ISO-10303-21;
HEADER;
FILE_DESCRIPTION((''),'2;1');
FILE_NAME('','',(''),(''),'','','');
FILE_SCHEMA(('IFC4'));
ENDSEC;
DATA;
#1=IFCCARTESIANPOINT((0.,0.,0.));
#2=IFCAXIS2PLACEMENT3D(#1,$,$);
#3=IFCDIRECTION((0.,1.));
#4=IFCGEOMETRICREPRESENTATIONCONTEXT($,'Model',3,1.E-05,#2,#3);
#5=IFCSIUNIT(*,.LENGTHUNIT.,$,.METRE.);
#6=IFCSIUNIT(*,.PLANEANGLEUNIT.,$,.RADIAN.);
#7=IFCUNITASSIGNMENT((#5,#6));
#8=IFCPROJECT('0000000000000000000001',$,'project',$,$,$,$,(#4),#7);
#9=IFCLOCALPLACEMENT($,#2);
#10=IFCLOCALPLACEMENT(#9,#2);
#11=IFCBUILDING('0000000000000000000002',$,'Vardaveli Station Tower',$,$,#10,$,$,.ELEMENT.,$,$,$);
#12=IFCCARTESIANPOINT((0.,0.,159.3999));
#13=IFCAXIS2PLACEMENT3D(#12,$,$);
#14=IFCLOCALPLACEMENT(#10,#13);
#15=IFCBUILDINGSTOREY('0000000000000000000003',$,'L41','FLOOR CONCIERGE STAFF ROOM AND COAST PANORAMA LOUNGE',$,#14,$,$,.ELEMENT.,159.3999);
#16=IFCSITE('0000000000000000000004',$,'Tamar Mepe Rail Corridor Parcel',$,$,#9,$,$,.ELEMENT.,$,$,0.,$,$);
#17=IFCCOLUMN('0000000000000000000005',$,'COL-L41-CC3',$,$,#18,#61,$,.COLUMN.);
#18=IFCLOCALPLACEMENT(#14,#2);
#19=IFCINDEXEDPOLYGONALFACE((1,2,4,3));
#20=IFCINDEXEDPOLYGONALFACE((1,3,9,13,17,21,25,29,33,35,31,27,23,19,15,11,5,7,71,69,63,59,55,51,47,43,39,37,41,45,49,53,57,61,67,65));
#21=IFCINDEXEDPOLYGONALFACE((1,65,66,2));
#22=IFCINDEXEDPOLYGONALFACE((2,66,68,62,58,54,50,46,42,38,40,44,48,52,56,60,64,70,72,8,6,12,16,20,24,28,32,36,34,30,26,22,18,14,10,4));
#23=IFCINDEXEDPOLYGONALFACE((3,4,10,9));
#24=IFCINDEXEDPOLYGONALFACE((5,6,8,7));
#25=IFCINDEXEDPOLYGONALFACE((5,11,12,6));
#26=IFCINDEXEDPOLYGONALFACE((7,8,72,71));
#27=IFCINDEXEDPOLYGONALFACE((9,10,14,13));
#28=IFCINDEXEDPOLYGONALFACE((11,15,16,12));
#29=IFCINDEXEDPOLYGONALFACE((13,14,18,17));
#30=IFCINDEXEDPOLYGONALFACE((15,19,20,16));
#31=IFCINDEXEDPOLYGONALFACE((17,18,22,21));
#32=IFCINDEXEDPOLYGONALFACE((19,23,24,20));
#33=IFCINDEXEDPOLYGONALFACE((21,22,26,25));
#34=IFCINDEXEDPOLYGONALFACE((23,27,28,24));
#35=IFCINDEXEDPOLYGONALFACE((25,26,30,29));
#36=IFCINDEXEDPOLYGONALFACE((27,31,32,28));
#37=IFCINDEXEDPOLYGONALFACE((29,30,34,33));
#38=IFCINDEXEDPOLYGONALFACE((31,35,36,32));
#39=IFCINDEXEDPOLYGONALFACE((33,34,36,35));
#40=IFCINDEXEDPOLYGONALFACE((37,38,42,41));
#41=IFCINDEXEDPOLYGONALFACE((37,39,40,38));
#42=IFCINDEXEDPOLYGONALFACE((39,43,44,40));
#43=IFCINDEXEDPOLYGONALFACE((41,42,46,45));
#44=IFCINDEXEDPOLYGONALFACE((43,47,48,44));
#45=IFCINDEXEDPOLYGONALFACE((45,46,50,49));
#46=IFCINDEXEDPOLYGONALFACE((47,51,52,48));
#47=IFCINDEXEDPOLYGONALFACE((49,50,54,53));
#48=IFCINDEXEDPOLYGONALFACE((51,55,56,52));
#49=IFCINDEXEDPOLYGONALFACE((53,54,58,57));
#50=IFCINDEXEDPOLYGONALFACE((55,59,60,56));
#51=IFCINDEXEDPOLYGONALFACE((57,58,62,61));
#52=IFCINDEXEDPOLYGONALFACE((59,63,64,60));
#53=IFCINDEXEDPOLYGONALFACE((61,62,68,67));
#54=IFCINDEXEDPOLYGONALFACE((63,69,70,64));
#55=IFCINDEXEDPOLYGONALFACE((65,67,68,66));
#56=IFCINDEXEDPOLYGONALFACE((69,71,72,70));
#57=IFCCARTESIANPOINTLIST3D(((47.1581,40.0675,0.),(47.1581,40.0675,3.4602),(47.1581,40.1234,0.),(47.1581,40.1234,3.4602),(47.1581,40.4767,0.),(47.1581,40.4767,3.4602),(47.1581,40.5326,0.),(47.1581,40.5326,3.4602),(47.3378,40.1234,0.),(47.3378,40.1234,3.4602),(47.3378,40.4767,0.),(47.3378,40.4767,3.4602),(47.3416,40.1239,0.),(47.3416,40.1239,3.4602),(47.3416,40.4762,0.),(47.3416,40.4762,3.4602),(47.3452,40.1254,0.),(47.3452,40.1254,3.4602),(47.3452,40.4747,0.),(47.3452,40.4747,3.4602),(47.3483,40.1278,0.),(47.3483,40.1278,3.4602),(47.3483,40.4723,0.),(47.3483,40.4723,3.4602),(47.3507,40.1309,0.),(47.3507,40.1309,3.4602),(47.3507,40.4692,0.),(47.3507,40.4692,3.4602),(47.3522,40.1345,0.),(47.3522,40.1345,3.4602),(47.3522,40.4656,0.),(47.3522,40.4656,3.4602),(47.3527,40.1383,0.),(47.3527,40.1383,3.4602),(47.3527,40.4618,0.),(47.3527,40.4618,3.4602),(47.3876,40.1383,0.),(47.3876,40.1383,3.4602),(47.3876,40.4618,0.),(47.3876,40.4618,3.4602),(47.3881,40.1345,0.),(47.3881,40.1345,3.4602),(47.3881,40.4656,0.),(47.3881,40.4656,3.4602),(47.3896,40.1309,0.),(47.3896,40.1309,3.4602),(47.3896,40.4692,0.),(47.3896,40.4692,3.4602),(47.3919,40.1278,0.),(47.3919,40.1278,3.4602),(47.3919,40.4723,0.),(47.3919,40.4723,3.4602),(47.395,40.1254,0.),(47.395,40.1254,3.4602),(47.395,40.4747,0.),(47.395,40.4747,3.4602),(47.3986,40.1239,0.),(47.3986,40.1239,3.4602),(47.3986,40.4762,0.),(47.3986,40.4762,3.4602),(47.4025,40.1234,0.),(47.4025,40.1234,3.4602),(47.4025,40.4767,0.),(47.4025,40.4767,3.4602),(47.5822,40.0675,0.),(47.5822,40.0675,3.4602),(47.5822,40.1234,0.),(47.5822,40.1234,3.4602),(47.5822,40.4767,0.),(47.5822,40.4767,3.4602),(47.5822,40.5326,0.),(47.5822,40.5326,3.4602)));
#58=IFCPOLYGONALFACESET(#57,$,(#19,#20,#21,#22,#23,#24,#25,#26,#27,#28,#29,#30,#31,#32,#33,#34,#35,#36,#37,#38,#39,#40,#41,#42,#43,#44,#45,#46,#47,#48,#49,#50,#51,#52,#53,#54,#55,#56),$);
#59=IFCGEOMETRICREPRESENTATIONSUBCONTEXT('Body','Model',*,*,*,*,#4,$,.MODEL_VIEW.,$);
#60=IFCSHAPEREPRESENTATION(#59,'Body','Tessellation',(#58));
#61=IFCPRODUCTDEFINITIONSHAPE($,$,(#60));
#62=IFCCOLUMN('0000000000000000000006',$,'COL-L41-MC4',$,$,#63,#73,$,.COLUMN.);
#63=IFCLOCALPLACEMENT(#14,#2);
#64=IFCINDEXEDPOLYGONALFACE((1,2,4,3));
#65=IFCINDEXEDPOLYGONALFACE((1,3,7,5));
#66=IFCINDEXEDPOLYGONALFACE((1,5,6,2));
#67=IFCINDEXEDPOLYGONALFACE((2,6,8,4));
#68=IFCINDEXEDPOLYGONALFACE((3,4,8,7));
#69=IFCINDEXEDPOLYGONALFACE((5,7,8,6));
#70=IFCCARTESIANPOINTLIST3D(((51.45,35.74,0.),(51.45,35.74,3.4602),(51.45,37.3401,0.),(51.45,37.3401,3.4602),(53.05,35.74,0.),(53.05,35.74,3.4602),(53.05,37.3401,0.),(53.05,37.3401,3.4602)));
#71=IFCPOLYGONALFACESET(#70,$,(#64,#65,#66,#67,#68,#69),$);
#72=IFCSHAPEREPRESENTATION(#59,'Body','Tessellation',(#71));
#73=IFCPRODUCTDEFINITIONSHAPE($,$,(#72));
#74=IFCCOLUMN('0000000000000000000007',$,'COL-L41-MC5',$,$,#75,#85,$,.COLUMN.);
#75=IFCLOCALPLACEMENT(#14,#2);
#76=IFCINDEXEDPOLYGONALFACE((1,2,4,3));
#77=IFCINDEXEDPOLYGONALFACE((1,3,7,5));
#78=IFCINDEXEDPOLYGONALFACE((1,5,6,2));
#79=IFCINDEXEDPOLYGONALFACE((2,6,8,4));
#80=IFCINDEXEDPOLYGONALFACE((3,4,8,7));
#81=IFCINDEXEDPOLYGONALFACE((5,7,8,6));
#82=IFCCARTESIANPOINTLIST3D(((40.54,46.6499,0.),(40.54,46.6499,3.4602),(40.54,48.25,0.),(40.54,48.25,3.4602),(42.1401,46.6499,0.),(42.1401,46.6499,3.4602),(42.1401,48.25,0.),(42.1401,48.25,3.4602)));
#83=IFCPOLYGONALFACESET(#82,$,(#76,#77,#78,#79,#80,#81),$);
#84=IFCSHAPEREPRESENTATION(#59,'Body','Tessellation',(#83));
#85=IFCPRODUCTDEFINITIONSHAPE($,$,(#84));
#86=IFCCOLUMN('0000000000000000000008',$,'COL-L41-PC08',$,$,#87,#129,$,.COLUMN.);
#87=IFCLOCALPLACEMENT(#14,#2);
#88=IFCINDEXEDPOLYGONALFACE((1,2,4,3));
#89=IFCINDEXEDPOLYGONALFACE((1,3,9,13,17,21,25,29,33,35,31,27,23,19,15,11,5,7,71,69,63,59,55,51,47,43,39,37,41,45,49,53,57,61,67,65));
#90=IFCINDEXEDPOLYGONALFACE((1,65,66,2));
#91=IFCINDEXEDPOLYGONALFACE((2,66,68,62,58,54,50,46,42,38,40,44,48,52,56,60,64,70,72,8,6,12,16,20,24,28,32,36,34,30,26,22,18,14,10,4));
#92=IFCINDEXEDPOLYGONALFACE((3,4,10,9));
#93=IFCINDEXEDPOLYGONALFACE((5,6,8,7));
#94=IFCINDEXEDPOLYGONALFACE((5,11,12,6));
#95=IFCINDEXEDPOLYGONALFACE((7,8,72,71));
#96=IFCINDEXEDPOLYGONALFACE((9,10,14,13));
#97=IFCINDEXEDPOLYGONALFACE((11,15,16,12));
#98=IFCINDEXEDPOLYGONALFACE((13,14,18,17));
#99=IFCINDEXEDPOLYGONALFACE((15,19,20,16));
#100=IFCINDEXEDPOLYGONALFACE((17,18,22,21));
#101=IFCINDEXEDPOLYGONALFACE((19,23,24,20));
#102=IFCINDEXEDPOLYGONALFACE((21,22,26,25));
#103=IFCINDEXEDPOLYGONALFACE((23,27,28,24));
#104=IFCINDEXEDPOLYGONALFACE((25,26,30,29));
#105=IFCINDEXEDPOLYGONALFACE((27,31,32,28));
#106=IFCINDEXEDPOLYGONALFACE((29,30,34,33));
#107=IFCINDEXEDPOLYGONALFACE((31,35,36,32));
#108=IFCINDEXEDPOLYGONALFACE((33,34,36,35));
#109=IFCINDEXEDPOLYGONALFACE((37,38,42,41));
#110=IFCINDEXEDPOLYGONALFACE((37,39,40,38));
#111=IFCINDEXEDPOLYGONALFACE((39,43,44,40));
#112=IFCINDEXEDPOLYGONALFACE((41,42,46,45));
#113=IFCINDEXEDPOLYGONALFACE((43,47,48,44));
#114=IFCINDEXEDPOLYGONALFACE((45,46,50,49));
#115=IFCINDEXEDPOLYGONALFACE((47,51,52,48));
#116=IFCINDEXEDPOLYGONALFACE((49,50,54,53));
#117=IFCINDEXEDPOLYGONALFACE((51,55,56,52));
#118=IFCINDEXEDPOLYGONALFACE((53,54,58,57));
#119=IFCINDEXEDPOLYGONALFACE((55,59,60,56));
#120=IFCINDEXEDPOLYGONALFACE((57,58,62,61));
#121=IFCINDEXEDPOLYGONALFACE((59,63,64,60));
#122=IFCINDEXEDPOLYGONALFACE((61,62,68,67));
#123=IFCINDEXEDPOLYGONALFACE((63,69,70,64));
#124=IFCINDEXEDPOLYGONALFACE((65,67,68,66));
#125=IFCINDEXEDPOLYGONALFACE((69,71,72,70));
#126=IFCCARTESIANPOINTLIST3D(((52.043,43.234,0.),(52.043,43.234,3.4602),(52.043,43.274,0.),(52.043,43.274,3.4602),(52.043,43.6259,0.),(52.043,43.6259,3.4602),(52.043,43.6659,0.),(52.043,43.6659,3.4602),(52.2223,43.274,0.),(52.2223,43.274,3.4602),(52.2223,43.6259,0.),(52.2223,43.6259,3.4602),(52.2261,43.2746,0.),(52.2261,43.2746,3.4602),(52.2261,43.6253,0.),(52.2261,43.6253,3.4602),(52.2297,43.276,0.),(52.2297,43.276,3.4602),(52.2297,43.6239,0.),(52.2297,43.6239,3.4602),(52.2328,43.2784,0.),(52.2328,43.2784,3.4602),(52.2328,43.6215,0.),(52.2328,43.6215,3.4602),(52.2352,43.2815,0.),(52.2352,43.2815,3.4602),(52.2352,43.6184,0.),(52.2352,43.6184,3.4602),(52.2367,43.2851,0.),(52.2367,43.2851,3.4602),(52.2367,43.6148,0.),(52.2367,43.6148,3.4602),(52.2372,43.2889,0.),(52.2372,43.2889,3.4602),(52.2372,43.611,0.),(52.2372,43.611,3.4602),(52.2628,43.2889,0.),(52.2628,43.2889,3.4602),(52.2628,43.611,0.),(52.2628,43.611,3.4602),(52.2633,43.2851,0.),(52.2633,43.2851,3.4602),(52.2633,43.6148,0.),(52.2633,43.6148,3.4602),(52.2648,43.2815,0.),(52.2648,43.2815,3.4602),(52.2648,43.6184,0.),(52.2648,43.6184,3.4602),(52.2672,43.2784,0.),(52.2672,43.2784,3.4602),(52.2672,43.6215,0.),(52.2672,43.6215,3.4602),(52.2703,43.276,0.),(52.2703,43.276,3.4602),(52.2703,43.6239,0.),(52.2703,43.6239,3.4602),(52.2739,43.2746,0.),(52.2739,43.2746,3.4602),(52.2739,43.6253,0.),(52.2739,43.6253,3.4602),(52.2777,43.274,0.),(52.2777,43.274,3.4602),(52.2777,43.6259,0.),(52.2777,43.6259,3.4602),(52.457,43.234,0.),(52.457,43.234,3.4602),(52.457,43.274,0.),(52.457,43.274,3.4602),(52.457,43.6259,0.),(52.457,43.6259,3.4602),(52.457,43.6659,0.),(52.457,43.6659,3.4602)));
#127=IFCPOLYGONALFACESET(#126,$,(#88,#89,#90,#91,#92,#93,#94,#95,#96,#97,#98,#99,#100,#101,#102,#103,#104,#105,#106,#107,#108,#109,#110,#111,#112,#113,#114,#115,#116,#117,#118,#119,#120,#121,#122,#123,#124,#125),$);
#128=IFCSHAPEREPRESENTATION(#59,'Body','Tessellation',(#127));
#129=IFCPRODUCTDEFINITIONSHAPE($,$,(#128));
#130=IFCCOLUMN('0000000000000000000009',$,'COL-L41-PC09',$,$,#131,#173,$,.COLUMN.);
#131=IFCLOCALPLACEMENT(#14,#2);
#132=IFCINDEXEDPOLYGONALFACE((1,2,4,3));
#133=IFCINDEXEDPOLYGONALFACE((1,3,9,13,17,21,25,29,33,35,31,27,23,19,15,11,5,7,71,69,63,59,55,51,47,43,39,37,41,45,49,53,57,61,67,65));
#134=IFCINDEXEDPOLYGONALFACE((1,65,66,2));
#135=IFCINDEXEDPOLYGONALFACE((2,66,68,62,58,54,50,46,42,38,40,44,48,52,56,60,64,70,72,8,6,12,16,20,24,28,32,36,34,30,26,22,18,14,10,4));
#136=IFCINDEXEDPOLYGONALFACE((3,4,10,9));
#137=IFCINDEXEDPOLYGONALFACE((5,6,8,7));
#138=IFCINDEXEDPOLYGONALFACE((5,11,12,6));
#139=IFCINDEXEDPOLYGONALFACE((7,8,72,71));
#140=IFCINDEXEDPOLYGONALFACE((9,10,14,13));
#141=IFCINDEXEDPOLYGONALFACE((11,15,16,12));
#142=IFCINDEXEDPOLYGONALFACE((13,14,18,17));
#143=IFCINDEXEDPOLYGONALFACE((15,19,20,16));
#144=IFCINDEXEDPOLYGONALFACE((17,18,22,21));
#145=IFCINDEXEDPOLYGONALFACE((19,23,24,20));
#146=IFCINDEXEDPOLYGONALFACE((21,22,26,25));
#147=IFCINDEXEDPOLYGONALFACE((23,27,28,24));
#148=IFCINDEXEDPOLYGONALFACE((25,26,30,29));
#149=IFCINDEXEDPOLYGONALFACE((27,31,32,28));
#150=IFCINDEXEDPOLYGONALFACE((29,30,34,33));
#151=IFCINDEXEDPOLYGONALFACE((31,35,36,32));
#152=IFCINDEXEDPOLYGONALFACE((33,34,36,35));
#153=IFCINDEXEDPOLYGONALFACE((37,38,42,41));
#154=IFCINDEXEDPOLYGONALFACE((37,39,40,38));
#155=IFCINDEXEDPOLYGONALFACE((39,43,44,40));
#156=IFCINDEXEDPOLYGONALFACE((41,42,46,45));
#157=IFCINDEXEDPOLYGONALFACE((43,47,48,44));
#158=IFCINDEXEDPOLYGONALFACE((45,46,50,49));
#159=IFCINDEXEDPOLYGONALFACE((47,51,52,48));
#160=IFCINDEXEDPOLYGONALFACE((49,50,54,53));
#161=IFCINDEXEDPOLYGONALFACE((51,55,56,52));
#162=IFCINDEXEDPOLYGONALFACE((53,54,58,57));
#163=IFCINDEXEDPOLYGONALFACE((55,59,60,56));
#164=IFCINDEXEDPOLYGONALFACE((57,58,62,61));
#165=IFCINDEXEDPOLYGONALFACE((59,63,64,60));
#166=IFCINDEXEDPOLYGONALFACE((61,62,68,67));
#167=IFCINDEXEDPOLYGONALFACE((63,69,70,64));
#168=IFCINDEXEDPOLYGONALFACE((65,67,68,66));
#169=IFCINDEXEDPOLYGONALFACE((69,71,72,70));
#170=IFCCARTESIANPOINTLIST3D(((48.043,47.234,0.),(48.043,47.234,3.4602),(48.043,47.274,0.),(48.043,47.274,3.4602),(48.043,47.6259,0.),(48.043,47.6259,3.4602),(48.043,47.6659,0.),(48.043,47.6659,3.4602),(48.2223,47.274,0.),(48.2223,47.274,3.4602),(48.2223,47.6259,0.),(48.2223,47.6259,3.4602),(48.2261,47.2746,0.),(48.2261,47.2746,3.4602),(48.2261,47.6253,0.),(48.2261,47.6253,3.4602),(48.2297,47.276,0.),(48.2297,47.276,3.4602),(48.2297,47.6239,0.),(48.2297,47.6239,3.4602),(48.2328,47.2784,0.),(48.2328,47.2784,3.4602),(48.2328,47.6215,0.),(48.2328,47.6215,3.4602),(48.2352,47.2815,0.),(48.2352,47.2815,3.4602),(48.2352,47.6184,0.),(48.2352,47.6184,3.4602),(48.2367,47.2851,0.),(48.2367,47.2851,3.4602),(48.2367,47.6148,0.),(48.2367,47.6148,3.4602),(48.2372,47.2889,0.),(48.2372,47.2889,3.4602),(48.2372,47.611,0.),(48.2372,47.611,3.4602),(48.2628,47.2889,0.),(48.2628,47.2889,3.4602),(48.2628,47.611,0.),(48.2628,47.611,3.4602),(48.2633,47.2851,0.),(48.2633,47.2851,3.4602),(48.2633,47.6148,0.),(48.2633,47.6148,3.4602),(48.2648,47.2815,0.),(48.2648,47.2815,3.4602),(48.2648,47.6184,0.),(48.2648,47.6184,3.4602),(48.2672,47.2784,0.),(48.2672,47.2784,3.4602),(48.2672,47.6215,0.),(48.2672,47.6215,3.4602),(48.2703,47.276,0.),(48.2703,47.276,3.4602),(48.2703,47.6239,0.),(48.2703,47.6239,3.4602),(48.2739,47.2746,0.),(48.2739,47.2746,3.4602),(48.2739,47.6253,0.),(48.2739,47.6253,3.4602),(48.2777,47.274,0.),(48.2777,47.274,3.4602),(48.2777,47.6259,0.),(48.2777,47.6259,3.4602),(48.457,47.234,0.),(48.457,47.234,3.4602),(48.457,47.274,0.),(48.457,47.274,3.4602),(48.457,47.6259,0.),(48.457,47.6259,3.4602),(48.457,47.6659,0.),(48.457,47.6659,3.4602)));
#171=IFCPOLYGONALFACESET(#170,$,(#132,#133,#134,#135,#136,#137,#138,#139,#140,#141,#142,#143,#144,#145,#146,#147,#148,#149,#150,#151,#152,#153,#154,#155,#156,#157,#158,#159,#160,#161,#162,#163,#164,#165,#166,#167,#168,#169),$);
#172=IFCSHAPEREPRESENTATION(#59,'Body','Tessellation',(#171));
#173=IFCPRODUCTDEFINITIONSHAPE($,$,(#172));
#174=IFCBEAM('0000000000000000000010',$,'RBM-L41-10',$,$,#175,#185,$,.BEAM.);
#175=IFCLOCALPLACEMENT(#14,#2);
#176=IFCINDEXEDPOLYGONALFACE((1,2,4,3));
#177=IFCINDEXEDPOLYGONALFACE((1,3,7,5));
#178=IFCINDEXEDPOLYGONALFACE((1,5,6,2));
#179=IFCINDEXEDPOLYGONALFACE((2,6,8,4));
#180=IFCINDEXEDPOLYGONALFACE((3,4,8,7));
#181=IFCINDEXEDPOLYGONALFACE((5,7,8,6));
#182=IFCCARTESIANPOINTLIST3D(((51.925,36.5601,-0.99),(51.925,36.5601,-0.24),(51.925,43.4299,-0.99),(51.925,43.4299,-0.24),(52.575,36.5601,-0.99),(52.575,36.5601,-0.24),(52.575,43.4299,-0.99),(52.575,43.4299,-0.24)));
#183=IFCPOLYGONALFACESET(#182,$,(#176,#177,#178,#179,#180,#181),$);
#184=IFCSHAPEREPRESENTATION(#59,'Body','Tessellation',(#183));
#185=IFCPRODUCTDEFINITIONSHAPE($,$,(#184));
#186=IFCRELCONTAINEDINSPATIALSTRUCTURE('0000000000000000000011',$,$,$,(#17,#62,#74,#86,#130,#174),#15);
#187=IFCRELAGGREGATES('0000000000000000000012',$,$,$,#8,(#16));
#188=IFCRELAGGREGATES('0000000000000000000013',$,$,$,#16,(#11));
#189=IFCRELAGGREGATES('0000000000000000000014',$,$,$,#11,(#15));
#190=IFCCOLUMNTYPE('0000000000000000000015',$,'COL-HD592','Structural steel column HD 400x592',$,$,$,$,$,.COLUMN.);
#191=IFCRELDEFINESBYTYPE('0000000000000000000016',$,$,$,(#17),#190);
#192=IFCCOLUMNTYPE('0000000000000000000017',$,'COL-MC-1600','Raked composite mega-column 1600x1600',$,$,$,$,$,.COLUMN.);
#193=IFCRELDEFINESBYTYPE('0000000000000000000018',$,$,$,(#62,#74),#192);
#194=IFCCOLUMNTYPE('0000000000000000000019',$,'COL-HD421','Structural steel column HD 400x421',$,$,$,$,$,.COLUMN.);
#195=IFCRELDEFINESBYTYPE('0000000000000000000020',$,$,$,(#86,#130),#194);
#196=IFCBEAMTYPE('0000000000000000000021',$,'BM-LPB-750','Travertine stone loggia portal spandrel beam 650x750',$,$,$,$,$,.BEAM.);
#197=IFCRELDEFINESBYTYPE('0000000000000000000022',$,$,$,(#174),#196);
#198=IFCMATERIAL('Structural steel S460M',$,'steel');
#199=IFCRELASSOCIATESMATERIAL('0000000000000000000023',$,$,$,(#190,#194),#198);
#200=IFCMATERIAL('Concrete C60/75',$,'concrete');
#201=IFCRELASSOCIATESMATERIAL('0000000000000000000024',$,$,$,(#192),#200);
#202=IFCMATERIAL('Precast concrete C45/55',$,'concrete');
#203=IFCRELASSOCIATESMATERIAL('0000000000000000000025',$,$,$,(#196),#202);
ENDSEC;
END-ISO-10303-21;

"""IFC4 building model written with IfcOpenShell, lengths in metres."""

from ifc_helpers import new_model, si_unit, direction, frame, origin, origin_2d, place, context, subcontext, project, spatial, rectangle, i_section, extrude, source, transform, mapped, material, material_profile, profile_set, type_object, element, save


model = new_model("IFC4")

# Units and contexts
model_context = context("Model", 3, precision=1e-05, world=origin(), true_north=direction((0.0, 1.0)))
body_context = subcontext(model_context, "Body", "Model", "MODEL_VIEW")
ifc_project = project(units=[si_unit("LENGTHUNIT", "METRE"), si_unit("PLANEANGLEUNIT", "RADIAN")], contexts=[model_context])

# Site, building, storey
site_placement = place(None, origin())
site = spatial("IfcSite", under=ifc_project, at=site_placement, Name="Tamar Mepe Rail Corridor Parcel", CompositionType="ELEMENT", RefElevation=0.0)
building_placement = place(site_placement, origin())
building = spatial("IfcBuilding", under=site, at=building_placement, Name="Vardaveli Station Tower", CompositionType="ELEMENT")
storey_placement = place(building_placement, frame((0.0, 0.0, 159.3999)))
storey = spatial("IfcBuildingStorey", under=building, at=storey_placement, Name="L41", Description="FLOOR CONCIERGE STAFF ROOM AND COAST PANORAMA LOUNGE", CompositionType="ELEMENT", Elevation=159.3999)

# Columns
ifc_material_1 = material(Name="Structural steel S460M", Category="steel")
ifc_material_profile_1 = material_profile(ifc_material_1, i_section(OverallWidth=0.4241, OverallDepth=0.4651, WebThickness=0.0349, FlangeThickness=0.0559, FilletRadius=0.0149, at=origin_2d()), Name="HD 400x592")
ifc_profile_set_1 = profile_set([ifc_material_profile_1], Name="Structural steel S460M")
column_type_1 = type_object("IfcColumnType", Name="COL-HD592", Description="Structural steel column HD 400x592", PredefinedType="COLUMN", material=ifc_profile_set_1)
shared_shape_1 = source(origin(), body_context, "Body", "SweptSolid", [
    extrude(i_section(OverallWidth=0.4241, OverallDepth=0.4651, WebThickness=0.0349, FlangeThickness=0.0559, FilletRadius=0.0149, at=origin_2d()), origin(), (0.0, 0.0, 1.0), 3.4602),
])
column_placement = place(storey_placement, frame((47.3701, 40.3, 0.0), z_axis=(0.0, 0.0, 1.0), x_axis=(1.0, 0.0, 0.0)))
element("IfcColumn", 1, at=column_placement, inside=storey, type_object=column_type_1, Name="COL-L41-CC3", PredefinedType="COLUMN", context=body_context, shape_type="MappedRepresentation", body=[
    mapped(shared_shape_1, transform((0.0, 0.0, 0.0), scale=1.0)),
])
ifc_material_2 = material(Name="Concrete C60/75", Category="concrete")
ifc_material_profile_2 = material_profile(ifc_material_2, rectangle(XDim=1.6001, YDim=1.6001, at=origin_2d()), Name="MC 1600x1600")
ifc_profile_set_2 = profile_set([ifc_material_profile_2], Name="Concrete C60/75")
column_type_2 = type_object("IfcColumnType", Name="COL-MC-1600", Description="Raked composite mega-column 1600x1600", PredefinedType="COLUMN", material=ifc_profile_set_2)
shared_shape_2 = source(origin(), body_context, "Body", "SweptSolid", [
    extrude(rectangle(XDim=1.6001, YDim=1.6001, at=origin_2d()), origin(), (0.0, 0.0, 1.0), 3.4602),
])
for number, where, z_axis, x_axis, name in (
    (2, (52.25, 36.54, 0.0), (0.0, 0.0, 1.0), (1.0, 0.0, 0.0), "COL-L41-MC4"),
    (3, (41.3401, 47.45, 0.0), (0.0, 0.0, 1.0), (1.0, 0.0, 0.0), "COL-L41-MC5"),
):
    element("IfcColumn", number, at=place(storey_placement, frame(where, z_axis=z_axis, x_axis=x_axis)), inside=storey, type_object=column_type_2, Name=name, PredefinedType="COLUMN", context=body_context, shape_type="MappedRepresentation", body=[
        mapped(shared_shape_2, transform((0.0, 0.0, 0.0), scale=1.0)),
    ])
ifc_material_profile_3 = material_profile(ifc_material_1, i_section(OverallWidth=0.4141, OverallDepth=0.4319, WebThickness=0.0256, FlangeThickness=0.04, FilletRadius=0.0149, at=origin_2d()), Name="HD 400x421")
ifc_profile_set_3 = profile_set([ifc_material_profile_3], Name="Structural steel S460M")
column_type_3 = type_object("IfcColumnType", Name="COL-HD421", Description="Structural steel column HD 400x421", PredefinedType="COLUMN", material=ifc_profile_set_3)
shared_shape_3 = source(origin(), body_context, "Body", "SweptSolid", [
    extrude(i_section(OverallWidth=0.4141, OverallDepth=0.4319, WebThickness=0.0256, FlangeThickness=0.04, FilletRadius=0.0149, at=origin_2d()), origin(), (0.0, 0.0, 1.0), 3.4602),
])
for number, where, z_axis, x_axis, name in (
    (4, (52.25, 43.45, 0.0), (0.0, 0.0, 1.0), (1.0, 0.0, 0.0), "COL-L41-PC08"),
    (5, (48.25, 47.45, 0.0), (0.0, 0.0, 1.0), (1.0, 0.0, 0.0), "COL-L41-PC09"),
):
    element("IfcColumn", number, at=place(storey_placement, frame(where, z_axis=z_axis, x_axis=x_axis)), inside=storey, type_object=column_type_3, Name=name, PredefinedType="COLUMN", context=body_context, shape_type="MappedRepresentation", body=[
        mapped(shared_shape_3, transform((0.0, 0.0, 0.0), scale=1.0)),
    ])

# Beam
ifc_material_3 = material(Name="Precast concrete C45/55", Category="concrete")
ifc_material_profile_4 = material_profile(ifc_material_3, rectangle(XDim=0.6499, YDim=0.75, at=origin_2d()), Name="LPB 650x750")
ifc_profile_set_4 = profile_set([ifc_material_profile_4], Name="Precast concrete C45/55")
beam_type = type_object("IfcBeamType", Name="BM-LPB-750", Description="Travertine stone loggia portal spandrel beam 650x750", PredefinedType="BEAM", material=ifc_profile_set_4)
shared_shape_4 = source(origin(), body_context, "Body", "SweptSolid", [
    extrude(rectangle(XDim=0.6499, YDim=0.75, at=origin_2d()), origin(), (0.0, 0.0, 1.0), 6.8699),
])
for number, where, z_axis, x_axis, name in (
    (6, (52.25, 36.5601, -0.615), (0.0, 1.0, 0.0), (-1.0, 0.0, 0.0), "RBM-L41-10"),
):
    element("IfcBeam", number, at=place(storey_placement, frame(where, z_axis=z_axis, x_axis=x_axis)), inside=storey, type_object=beam_type, Name=name, PredefinedType="BEAM", context=body_context, shape_type="MappedRepresentation", body=[
        mapped(shared_shape_4, transform((0.0, 0.0, 0.0), scale=1.0)),
    ])

save(model, "model.ifc")
